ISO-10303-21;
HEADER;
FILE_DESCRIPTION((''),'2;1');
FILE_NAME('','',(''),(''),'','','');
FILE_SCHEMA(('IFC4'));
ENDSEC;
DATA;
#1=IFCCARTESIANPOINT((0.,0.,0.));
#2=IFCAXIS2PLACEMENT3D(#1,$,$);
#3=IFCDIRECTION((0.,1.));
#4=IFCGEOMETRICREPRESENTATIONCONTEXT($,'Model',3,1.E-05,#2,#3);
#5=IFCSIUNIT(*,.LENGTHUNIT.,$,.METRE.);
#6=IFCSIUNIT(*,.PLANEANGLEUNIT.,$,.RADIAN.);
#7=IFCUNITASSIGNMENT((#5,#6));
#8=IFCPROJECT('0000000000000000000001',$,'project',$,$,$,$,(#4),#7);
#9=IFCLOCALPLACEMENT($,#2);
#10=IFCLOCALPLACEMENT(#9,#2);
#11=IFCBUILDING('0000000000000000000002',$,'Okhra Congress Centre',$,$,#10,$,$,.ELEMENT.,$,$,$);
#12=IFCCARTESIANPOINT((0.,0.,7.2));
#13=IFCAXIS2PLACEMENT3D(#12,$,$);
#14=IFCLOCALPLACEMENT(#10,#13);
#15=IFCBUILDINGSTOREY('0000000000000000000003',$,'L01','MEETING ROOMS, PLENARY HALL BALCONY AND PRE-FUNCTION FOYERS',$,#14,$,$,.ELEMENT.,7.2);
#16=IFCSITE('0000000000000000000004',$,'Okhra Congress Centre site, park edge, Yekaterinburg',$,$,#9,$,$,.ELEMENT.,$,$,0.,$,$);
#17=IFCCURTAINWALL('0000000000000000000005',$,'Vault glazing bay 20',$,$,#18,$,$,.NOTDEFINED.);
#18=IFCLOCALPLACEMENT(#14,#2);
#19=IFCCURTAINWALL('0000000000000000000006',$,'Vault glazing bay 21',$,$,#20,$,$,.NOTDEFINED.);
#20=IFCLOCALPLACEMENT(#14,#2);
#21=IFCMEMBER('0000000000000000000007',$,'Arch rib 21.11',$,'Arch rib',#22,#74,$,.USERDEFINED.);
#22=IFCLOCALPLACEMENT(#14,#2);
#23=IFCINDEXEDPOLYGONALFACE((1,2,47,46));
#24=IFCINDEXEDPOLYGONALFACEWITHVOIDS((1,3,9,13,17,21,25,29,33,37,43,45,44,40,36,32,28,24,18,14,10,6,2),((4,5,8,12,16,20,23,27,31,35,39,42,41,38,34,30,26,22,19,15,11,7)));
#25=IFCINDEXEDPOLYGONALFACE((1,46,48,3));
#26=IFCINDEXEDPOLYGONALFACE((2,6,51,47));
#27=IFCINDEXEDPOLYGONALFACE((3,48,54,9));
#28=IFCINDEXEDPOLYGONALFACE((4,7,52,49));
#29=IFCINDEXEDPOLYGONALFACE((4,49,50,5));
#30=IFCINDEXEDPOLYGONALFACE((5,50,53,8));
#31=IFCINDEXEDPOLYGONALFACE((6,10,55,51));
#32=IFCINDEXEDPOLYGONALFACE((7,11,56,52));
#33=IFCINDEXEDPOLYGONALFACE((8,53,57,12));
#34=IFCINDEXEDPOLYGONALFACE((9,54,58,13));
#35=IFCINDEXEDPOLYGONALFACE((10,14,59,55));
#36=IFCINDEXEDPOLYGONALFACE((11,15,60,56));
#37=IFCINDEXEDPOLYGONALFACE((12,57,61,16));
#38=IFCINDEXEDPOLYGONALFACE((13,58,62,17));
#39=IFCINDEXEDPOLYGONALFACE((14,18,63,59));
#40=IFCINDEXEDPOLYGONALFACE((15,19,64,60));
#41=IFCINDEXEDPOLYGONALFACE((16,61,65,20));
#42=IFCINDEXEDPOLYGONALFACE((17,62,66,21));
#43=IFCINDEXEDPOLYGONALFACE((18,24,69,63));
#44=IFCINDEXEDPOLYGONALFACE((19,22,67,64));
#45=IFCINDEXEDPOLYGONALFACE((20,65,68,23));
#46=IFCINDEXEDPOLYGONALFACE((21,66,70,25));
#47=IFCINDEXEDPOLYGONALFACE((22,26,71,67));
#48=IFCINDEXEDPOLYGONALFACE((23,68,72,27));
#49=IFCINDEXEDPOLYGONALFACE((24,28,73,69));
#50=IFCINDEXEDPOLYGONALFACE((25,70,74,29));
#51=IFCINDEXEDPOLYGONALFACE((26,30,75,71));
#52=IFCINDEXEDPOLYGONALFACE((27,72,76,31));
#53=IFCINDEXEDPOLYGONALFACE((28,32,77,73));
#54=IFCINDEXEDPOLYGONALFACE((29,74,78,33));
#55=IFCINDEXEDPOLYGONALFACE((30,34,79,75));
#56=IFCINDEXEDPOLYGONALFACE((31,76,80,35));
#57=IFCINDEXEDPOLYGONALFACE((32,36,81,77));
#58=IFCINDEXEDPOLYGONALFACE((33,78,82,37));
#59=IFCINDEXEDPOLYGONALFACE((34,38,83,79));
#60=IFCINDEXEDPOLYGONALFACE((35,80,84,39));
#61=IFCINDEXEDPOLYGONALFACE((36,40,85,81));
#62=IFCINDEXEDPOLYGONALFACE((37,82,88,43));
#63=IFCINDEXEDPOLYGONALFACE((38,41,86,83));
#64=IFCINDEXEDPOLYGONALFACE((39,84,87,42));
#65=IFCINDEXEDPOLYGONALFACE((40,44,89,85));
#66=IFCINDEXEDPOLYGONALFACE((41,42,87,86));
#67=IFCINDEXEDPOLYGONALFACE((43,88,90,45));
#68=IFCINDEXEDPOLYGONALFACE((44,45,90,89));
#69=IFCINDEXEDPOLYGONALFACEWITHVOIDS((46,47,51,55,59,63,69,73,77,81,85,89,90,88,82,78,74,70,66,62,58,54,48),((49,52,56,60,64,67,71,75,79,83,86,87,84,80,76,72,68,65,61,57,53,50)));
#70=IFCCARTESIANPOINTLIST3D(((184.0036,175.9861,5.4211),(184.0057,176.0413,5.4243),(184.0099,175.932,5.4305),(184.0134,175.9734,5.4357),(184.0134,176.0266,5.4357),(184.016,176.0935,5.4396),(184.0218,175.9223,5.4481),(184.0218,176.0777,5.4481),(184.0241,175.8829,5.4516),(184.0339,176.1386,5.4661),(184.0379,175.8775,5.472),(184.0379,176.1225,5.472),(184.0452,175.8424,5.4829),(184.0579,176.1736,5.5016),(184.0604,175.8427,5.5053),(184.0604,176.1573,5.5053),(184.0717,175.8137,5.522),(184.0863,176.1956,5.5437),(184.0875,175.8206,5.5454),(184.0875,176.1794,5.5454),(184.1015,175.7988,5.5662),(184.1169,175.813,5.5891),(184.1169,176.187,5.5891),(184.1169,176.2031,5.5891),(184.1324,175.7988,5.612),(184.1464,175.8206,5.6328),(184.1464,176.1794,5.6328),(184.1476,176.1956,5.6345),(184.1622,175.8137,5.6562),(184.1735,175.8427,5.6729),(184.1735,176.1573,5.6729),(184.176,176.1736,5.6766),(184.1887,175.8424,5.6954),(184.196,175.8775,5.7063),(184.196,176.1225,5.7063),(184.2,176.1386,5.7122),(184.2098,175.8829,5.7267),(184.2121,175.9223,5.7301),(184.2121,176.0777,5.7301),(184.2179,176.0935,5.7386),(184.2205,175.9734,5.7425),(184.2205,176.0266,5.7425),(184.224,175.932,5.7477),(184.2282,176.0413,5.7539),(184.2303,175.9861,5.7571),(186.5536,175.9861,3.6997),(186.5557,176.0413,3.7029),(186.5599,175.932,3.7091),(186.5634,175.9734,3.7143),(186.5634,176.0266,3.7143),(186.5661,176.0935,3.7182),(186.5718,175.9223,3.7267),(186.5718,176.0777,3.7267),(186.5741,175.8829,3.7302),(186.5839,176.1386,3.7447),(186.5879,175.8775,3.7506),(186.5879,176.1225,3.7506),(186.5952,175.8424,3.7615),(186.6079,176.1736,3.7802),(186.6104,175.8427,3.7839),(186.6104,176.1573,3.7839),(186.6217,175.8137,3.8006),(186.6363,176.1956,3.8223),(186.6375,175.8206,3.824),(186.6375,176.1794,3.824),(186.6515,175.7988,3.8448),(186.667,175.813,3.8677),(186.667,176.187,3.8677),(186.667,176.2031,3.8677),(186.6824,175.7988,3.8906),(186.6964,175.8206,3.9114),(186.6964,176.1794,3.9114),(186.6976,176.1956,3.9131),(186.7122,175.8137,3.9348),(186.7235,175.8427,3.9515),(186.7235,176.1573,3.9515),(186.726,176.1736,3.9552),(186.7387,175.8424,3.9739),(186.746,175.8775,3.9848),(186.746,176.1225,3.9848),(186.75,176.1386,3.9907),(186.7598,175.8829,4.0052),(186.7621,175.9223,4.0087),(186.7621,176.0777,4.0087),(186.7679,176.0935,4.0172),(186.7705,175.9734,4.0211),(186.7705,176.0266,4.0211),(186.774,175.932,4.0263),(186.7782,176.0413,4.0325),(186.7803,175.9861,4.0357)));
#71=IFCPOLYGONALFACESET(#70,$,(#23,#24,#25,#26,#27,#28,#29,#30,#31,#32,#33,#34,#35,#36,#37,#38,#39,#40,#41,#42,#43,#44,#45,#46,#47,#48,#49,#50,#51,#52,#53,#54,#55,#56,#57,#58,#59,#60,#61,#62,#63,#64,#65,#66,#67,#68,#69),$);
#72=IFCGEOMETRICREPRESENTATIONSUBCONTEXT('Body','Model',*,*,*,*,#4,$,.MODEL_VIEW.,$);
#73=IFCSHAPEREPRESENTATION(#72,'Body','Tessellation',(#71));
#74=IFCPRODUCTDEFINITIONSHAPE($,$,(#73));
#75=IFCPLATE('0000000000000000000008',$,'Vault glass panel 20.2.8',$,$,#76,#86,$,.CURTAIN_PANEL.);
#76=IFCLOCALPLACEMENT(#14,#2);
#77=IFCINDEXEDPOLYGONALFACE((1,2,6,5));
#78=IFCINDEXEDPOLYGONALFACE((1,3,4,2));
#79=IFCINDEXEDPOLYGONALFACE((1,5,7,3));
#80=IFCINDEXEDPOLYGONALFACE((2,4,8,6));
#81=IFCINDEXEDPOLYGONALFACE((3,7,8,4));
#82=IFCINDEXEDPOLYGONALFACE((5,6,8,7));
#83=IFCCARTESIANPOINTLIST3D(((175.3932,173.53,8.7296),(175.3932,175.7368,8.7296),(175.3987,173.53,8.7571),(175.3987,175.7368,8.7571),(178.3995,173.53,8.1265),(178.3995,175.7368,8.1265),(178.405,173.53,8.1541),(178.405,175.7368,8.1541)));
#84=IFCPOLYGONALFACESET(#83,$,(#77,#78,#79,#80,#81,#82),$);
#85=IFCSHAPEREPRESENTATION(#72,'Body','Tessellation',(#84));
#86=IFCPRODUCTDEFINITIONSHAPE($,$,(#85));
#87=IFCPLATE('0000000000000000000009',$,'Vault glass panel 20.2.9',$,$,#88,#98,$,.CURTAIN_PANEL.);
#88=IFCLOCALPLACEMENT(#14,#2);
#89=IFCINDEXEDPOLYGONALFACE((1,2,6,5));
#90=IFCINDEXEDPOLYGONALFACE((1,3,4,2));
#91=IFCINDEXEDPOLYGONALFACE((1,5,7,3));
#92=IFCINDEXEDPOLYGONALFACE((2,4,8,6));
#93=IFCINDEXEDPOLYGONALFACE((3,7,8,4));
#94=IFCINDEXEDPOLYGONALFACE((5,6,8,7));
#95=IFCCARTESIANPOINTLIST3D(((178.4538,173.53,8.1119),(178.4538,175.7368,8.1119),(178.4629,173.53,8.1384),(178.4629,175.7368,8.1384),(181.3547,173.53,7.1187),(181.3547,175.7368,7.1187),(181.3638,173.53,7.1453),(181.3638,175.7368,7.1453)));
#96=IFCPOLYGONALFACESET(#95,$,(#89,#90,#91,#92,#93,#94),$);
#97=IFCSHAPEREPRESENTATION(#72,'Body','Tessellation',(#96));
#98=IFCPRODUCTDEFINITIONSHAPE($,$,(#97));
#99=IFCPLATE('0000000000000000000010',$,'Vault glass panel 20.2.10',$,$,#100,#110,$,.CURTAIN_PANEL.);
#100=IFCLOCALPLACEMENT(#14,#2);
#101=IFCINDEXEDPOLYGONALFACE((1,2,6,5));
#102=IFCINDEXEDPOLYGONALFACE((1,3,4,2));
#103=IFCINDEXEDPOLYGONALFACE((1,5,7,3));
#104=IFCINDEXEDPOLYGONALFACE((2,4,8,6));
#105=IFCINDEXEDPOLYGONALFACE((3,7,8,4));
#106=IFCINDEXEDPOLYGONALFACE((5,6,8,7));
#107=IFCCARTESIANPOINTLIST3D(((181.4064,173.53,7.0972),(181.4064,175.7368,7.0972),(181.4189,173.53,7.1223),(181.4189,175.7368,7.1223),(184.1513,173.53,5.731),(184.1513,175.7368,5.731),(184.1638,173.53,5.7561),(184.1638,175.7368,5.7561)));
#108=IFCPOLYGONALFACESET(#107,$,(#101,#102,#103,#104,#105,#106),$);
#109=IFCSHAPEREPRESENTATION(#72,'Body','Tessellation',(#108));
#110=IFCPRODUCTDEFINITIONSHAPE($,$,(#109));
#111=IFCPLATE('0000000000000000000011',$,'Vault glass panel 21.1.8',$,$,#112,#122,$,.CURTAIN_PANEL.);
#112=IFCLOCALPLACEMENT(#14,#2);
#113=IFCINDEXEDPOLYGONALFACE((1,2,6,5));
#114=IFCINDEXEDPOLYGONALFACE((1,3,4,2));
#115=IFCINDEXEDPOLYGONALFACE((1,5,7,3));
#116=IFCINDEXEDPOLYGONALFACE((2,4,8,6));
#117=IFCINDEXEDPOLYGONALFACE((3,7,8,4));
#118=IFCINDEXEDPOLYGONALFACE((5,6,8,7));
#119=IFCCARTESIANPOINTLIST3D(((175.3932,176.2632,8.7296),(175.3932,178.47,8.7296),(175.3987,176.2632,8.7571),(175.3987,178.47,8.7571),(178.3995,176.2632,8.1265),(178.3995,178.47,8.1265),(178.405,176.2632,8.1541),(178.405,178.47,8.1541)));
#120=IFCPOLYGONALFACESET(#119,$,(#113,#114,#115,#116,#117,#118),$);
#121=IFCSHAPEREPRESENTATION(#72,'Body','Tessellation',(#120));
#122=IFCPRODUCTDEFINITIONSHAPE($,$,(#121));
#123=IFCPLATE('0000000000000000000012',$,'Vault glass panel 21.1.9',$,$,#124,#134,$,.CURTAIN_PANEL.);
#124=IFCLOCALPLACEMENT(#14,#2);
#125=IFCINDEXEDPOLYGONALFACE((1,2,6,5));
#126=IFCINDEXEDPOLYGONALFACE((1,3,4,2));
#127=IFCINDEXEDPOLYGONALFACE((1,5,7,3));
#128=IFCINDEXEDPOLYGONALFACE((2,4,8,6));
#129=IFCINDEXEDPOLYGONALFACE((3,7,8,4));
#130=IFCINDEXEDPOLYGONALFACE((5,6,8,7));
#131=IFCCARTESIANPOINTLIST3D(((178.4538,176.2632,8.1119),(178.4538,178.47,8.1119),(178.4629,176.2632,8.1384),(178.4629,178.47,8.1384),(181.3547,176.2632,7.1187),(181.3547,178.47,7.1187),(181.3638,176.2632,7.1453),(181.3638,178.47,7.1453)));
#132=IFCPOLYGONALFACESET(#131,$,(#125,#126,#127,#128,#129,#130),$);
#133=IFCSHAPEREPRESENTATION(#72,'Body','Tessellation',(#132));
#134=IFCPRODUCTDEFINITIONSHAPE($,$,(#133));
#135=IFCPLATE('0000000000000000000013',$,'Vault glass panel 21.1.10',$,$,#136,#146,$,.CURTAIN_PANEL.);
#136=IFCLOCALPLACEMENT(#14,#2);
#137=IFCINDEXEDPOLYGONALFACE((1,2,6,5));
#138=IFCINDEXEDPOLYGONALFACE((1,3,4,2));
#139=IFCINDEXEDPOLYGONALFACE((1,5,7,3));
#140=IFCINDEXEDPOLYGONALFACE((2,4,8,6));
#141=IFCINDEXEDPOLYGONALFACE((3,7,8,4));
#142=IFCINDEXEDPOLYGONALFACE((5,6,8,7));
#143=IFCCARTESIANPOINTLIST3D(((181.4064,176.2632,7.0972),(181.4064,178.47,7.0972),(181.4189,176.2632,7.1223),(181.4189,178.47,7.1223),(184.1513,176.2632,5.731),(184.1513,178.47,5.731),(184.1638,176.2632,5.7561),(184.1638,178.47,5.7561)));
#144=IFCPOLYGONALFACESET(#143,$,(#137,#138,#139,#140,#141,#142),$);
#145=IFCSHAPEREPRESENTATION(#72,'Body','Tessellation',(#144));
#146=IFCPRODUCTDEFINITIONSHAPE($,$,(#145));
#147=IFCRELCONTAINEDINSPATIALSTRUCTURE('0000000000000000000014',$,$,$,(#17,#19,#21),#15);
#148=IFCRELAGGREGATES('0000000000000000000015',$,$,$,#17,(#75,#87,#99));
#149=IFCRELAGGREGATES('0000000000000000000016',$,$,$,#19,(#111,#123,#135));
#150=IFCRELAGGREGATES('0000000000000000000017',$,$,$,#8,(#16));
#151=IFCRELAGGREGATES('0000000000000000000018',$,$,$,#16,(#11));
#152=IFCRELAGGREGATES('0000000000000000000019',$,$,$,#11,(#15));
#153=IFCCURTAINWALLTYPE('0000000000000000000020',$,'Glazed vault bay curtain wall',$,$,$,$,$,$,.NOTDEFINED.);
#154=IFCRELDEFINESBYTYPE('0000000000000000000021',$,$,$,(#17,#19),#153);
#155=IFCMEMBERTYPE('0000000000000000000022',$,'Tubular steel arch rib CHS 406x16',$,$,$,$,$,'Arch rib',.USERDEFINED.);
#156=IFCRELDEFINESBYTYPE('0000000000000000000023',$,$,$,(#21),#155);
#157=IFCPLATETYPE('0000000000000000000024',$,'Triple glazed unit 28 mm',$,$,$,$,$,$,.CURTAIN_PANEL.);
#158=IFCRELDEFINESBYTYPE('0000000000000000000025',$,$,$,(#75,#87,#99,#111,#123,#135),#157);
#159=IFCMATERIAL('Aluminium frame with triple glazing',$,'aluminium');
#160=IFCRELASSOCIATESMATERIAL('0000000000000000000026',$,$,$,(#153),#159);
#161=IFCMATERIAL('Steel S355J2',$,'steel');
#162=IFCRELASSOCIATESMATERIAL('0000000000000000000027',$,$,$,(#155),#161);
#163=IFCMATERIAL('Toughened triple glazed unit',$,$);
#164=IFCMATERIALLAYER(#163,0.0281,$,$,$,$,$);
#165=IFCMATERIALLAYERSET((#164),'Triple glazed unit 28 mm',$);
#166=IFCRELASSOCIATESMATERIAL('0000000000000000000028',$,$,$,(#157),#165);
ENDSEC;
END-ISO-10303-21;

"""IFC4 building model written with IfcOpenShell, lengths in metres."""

from ifc_helpers import new_model, si_unit, direction, frame, origin, origin_2d, place, context, subcontext, project, spatial, polyline, hollow_circle, outline, extrude, material, layer, layer_set, material_profile, profile_set, type_object, element, aggregate, save


model = new_model("IFC4")

# Units and contexts
model_context = context("Model", 3, precision=1e-05, world=origin(), true_north=direction((0.0, 1.0)))
body_context = subcontext(model_context, "Body", "Model", "MODEL_VIEW")
ifc_project = project(units=[si_unit("LENGTHUNIT", "METRE"), si_unit("PLANEANGLEUNIT", "RADIAN")], contexts=[model_context])

# Site, building, storey
site_placement = place(None, origin())
site = spatial("IfcSite", under=ifc_project, at=site_placement, Name="Okhra Congress Centre site, park edge, Yekaterinburg", CompositionType="ELEMENT", RefElevation=0.0)
building_placement = place(site_placement, origin())
building = spatial("IfcBuilding", under=site, at=building_placement, Name="Okhra Congress Centre", CompositionType="ELEMENT")
storey_placement = place(building_placement, frame((0.0, 0.0, 7.2)))
storey = spatial("IfcBuildingStorey", under=building, at=storey_placement, Name="L01", Description="MEETING ROOMS, PLENARY HALL BALCONY AND PRE-FUNCTION FOYERS", CompositionType="ELEMENT", Elevation=7.2)

# Curtain walls
ifc_material_1 = material(Name="Aluminium frame with triple glazing", Category="aluminium")
curtain_wall_type = type_object("IfcCurtainWallType", Name="Glazed vault bay curtain wall", PredefinedType="NOTDEFINED", material=ifc_material_1)
curtain_wall_1_placement = place(storey_placement, origin())
curtain_wall_1 = element("IfcCurtainWall", 1, at=curtain_wall_1_placement, inside=storey, type_object=curtain_wall_type, Name="Vault glazing bay 20", PredefinedType="NOTDEFINED")
curtain_wall_2_placement = place(storey_placement, origin())
curtain_wall_2 = element("IfcCurtainWall", 2, at=curtain_wall_2_placement, inside=storey, type_object=curtain_wall_type, Name="Vault glazing bay 21", PredefinedType="NOTDEFINED")

# Member
ifc_material_2 = material(Name="Steel S355J2", Category="steel")
ifc_material_profile_1 = material_profile(ifc_material_2, hollow_circle(Radius=0.2031, WallThickness=0.0161, at=origin_2d()), Name="CHS 406.4x16")
ifc_profile_set_1 = profile_set([ifc_material_profile_1], Name="Steel S355J2")
member_type_1 = type_object("IfcMemberType", Name="Tubular steel arch rib CHS 406x16", ElementType="Arch rib", PredefinedType="USERDEFINED", material=ifc_profile_set_1)
member_1_placement = place(storey_placement, frame((184.1169, 176.0, 5.5891), z_axis=(0.828826, 0.0, -0.559507), x_axis=(0.0, 1.0, 0.0)))
element("IfcMember", 3, at=member_1_placement, inside=storey, type_object=member_type_1, Name="Arch rib 21.11", ObjectType="Arch rib", PredefinedType="USERDEFINED", context=body_context, shape_type="SweptSolid", body=[
    extrude(hollow_circle(Radius=0.2031, WallThickness=0.0161, at=origin_2d()), origin(), (0.0, 0.0, 1.0), 3.0767),
])

# Plates
ifc_material_3 = material(Name="Toughened triple glazed unit")
ifc_layer = layer(ifc_material_3, 0.0281)
ifc_layer_set = layer_set([ifc_layer], Name="Triple glazed unit 28 mm")
plate_type = type_object("IfcPlateType", Name="Triple glazed unit 28 mm", PredefinedType="CURTAIN_PANEL", material=ifc_layer_set)
plate_1_placement = place(storey_placement, frame((175.3987, 173.53, 8.7571), z_axis=(0.196667, 0.0, 0.98047), x_axis=(0.98047, 0.0, -0.196667)))
plate_1 = element("IfcPlate", 4, at=plate_1_placement, type_object=plate_type, Name="Vault glass panel 20.2.8", PredefinedType="CURTAIN_PANEL", context=body_context, shape_type="SweptSolid", body=[
    extrude(outline(polyline([(0.0, 0.0), (3.0662, 0.0), (3.0662, 2.2068), (0.0, 2.2068), (0.0, 0.0)])), origin(), (0.0, 0.0, -1.0), 0.0281),
])
plate_2_placement = place(storey_placement, frame((178.4629, 173.53, 8.1384), z_axis=(0.323909, 0.0, 0.946088), x_axis=(0.946088, 0.0, -0.323909)))
plate_2 = element("IfcPlate", 5, at=plate_2_placement, type_object=plate_type, Name="Vault glass panel 20.2.9", PredefinedType="CURTAIN_PANEL", context=body_context, shape_type="SweptSolid", body=[
    extrude(outline(polyline([(0.0, 0.0), (3.0662, 0.0), (3.0662, 2.2068), (0.0, 2.2068), (0.0, 0.0)])), origin(), (0.0, 0.0, -1.0), 0.0281),
])
plate_3_placement = place(storey_placement, frame((181.4189, 173.53, 7.1223), z_axis=(0.445588, 0.0, 0.895238), x_axis=(0.895238, 0.0, -0.445588)))
plate_3 = element("IfcPlate", 6, at=plate_3_placement, type_object=plate_type, Name="Vault glass panel 20.2.10", PredefinedType="CURTAIN_PANEL", context=body_context, shape_type="SweptSolid", body=[
    extrude(outline(polyline([(0.0, 0.0), (3.0661, 0.0), (3.0661, 2.2068), (0.0, 2.2068), (0.0, 0.0)])), origin(), (0.0, 0.0, -1.0), 0.0281),
])
aggregate(curtain_wall_1, [plate_1, plate_2, plate_3])
plate_4_placement = place(storey_placement, frame((175.3987, 176.2632, 8.7571), z_axis=(0.196667, 0.0, 0.98047), x_axis=(0.98047, 0.0, -0.196667)))
plate_4 = element("IfcPlate", 7, at=plate_4_placement, type_object=plate_type, Name="Vault glass panel 21.1.8", PredefinedType="CURTAIN_PANEL", context=body_context, shape_type="SweptSolid", body=[
    extrude(outline(polyline([(0.0, 0.0), (3.0662, 0.0), (3.0662, 2.2068), (0.0, 2.2068), (0.0, 0.0)])), origin(), (0.0, 0.0, -1.0), 0.0281),
])
plate_5_placement = place(storey_placement, frame((178.4629, 176.2632, 8.1384), z_axis=(0.323909, 0.0, 0.946088), x_axis=(0.946088, 0.0, -0.323909)))
plate_5 = element("IfcPlate", 8, at=plate_5_placement, type_object=plate_type, Name="Vault glass panel 21.1.9", PredefinedType="CURTAIN_PANEL", context=body_context, shape_type="SweptSolid", body=[
    extrude(outline(polyline([(0.0, 0.0), (3.0662, 0.0), (3.0662, 2.2068), (0.0, 2.2068), (0.0, 0.0)])), origin(), (0.0, 0.0, -1.0), 0.0281),
])
plate_6_placement = place(storey_placement, frame((181.4189, 176.2632, 7.1223), z_axis=(0.445588, 0.0, 0.895238), x_axis=(0.895238, 0.0, -0.445588)))
plate_6 = element("IfcPlate", 9, at=plate_6_placement, type_object=plate_type, Name="Vault glass panel 21.1.10", PredefinedType="CURTAIN_PANEL", context=body_context, shape_type="SweptSolid", body=[
    extrude(outline(polyline([(0.0, 0.0), (3.0661, 0.0), (3.0661, 2.2068), (0.0, 2.2068), (0.0, 0.0)])), origin(), (0.0, 0.0, -1.0), 0.0281),
])
aggregate(curtain_wall_2, [plate_4, plate_5, plate_6])

save(model, "model.ifc")
